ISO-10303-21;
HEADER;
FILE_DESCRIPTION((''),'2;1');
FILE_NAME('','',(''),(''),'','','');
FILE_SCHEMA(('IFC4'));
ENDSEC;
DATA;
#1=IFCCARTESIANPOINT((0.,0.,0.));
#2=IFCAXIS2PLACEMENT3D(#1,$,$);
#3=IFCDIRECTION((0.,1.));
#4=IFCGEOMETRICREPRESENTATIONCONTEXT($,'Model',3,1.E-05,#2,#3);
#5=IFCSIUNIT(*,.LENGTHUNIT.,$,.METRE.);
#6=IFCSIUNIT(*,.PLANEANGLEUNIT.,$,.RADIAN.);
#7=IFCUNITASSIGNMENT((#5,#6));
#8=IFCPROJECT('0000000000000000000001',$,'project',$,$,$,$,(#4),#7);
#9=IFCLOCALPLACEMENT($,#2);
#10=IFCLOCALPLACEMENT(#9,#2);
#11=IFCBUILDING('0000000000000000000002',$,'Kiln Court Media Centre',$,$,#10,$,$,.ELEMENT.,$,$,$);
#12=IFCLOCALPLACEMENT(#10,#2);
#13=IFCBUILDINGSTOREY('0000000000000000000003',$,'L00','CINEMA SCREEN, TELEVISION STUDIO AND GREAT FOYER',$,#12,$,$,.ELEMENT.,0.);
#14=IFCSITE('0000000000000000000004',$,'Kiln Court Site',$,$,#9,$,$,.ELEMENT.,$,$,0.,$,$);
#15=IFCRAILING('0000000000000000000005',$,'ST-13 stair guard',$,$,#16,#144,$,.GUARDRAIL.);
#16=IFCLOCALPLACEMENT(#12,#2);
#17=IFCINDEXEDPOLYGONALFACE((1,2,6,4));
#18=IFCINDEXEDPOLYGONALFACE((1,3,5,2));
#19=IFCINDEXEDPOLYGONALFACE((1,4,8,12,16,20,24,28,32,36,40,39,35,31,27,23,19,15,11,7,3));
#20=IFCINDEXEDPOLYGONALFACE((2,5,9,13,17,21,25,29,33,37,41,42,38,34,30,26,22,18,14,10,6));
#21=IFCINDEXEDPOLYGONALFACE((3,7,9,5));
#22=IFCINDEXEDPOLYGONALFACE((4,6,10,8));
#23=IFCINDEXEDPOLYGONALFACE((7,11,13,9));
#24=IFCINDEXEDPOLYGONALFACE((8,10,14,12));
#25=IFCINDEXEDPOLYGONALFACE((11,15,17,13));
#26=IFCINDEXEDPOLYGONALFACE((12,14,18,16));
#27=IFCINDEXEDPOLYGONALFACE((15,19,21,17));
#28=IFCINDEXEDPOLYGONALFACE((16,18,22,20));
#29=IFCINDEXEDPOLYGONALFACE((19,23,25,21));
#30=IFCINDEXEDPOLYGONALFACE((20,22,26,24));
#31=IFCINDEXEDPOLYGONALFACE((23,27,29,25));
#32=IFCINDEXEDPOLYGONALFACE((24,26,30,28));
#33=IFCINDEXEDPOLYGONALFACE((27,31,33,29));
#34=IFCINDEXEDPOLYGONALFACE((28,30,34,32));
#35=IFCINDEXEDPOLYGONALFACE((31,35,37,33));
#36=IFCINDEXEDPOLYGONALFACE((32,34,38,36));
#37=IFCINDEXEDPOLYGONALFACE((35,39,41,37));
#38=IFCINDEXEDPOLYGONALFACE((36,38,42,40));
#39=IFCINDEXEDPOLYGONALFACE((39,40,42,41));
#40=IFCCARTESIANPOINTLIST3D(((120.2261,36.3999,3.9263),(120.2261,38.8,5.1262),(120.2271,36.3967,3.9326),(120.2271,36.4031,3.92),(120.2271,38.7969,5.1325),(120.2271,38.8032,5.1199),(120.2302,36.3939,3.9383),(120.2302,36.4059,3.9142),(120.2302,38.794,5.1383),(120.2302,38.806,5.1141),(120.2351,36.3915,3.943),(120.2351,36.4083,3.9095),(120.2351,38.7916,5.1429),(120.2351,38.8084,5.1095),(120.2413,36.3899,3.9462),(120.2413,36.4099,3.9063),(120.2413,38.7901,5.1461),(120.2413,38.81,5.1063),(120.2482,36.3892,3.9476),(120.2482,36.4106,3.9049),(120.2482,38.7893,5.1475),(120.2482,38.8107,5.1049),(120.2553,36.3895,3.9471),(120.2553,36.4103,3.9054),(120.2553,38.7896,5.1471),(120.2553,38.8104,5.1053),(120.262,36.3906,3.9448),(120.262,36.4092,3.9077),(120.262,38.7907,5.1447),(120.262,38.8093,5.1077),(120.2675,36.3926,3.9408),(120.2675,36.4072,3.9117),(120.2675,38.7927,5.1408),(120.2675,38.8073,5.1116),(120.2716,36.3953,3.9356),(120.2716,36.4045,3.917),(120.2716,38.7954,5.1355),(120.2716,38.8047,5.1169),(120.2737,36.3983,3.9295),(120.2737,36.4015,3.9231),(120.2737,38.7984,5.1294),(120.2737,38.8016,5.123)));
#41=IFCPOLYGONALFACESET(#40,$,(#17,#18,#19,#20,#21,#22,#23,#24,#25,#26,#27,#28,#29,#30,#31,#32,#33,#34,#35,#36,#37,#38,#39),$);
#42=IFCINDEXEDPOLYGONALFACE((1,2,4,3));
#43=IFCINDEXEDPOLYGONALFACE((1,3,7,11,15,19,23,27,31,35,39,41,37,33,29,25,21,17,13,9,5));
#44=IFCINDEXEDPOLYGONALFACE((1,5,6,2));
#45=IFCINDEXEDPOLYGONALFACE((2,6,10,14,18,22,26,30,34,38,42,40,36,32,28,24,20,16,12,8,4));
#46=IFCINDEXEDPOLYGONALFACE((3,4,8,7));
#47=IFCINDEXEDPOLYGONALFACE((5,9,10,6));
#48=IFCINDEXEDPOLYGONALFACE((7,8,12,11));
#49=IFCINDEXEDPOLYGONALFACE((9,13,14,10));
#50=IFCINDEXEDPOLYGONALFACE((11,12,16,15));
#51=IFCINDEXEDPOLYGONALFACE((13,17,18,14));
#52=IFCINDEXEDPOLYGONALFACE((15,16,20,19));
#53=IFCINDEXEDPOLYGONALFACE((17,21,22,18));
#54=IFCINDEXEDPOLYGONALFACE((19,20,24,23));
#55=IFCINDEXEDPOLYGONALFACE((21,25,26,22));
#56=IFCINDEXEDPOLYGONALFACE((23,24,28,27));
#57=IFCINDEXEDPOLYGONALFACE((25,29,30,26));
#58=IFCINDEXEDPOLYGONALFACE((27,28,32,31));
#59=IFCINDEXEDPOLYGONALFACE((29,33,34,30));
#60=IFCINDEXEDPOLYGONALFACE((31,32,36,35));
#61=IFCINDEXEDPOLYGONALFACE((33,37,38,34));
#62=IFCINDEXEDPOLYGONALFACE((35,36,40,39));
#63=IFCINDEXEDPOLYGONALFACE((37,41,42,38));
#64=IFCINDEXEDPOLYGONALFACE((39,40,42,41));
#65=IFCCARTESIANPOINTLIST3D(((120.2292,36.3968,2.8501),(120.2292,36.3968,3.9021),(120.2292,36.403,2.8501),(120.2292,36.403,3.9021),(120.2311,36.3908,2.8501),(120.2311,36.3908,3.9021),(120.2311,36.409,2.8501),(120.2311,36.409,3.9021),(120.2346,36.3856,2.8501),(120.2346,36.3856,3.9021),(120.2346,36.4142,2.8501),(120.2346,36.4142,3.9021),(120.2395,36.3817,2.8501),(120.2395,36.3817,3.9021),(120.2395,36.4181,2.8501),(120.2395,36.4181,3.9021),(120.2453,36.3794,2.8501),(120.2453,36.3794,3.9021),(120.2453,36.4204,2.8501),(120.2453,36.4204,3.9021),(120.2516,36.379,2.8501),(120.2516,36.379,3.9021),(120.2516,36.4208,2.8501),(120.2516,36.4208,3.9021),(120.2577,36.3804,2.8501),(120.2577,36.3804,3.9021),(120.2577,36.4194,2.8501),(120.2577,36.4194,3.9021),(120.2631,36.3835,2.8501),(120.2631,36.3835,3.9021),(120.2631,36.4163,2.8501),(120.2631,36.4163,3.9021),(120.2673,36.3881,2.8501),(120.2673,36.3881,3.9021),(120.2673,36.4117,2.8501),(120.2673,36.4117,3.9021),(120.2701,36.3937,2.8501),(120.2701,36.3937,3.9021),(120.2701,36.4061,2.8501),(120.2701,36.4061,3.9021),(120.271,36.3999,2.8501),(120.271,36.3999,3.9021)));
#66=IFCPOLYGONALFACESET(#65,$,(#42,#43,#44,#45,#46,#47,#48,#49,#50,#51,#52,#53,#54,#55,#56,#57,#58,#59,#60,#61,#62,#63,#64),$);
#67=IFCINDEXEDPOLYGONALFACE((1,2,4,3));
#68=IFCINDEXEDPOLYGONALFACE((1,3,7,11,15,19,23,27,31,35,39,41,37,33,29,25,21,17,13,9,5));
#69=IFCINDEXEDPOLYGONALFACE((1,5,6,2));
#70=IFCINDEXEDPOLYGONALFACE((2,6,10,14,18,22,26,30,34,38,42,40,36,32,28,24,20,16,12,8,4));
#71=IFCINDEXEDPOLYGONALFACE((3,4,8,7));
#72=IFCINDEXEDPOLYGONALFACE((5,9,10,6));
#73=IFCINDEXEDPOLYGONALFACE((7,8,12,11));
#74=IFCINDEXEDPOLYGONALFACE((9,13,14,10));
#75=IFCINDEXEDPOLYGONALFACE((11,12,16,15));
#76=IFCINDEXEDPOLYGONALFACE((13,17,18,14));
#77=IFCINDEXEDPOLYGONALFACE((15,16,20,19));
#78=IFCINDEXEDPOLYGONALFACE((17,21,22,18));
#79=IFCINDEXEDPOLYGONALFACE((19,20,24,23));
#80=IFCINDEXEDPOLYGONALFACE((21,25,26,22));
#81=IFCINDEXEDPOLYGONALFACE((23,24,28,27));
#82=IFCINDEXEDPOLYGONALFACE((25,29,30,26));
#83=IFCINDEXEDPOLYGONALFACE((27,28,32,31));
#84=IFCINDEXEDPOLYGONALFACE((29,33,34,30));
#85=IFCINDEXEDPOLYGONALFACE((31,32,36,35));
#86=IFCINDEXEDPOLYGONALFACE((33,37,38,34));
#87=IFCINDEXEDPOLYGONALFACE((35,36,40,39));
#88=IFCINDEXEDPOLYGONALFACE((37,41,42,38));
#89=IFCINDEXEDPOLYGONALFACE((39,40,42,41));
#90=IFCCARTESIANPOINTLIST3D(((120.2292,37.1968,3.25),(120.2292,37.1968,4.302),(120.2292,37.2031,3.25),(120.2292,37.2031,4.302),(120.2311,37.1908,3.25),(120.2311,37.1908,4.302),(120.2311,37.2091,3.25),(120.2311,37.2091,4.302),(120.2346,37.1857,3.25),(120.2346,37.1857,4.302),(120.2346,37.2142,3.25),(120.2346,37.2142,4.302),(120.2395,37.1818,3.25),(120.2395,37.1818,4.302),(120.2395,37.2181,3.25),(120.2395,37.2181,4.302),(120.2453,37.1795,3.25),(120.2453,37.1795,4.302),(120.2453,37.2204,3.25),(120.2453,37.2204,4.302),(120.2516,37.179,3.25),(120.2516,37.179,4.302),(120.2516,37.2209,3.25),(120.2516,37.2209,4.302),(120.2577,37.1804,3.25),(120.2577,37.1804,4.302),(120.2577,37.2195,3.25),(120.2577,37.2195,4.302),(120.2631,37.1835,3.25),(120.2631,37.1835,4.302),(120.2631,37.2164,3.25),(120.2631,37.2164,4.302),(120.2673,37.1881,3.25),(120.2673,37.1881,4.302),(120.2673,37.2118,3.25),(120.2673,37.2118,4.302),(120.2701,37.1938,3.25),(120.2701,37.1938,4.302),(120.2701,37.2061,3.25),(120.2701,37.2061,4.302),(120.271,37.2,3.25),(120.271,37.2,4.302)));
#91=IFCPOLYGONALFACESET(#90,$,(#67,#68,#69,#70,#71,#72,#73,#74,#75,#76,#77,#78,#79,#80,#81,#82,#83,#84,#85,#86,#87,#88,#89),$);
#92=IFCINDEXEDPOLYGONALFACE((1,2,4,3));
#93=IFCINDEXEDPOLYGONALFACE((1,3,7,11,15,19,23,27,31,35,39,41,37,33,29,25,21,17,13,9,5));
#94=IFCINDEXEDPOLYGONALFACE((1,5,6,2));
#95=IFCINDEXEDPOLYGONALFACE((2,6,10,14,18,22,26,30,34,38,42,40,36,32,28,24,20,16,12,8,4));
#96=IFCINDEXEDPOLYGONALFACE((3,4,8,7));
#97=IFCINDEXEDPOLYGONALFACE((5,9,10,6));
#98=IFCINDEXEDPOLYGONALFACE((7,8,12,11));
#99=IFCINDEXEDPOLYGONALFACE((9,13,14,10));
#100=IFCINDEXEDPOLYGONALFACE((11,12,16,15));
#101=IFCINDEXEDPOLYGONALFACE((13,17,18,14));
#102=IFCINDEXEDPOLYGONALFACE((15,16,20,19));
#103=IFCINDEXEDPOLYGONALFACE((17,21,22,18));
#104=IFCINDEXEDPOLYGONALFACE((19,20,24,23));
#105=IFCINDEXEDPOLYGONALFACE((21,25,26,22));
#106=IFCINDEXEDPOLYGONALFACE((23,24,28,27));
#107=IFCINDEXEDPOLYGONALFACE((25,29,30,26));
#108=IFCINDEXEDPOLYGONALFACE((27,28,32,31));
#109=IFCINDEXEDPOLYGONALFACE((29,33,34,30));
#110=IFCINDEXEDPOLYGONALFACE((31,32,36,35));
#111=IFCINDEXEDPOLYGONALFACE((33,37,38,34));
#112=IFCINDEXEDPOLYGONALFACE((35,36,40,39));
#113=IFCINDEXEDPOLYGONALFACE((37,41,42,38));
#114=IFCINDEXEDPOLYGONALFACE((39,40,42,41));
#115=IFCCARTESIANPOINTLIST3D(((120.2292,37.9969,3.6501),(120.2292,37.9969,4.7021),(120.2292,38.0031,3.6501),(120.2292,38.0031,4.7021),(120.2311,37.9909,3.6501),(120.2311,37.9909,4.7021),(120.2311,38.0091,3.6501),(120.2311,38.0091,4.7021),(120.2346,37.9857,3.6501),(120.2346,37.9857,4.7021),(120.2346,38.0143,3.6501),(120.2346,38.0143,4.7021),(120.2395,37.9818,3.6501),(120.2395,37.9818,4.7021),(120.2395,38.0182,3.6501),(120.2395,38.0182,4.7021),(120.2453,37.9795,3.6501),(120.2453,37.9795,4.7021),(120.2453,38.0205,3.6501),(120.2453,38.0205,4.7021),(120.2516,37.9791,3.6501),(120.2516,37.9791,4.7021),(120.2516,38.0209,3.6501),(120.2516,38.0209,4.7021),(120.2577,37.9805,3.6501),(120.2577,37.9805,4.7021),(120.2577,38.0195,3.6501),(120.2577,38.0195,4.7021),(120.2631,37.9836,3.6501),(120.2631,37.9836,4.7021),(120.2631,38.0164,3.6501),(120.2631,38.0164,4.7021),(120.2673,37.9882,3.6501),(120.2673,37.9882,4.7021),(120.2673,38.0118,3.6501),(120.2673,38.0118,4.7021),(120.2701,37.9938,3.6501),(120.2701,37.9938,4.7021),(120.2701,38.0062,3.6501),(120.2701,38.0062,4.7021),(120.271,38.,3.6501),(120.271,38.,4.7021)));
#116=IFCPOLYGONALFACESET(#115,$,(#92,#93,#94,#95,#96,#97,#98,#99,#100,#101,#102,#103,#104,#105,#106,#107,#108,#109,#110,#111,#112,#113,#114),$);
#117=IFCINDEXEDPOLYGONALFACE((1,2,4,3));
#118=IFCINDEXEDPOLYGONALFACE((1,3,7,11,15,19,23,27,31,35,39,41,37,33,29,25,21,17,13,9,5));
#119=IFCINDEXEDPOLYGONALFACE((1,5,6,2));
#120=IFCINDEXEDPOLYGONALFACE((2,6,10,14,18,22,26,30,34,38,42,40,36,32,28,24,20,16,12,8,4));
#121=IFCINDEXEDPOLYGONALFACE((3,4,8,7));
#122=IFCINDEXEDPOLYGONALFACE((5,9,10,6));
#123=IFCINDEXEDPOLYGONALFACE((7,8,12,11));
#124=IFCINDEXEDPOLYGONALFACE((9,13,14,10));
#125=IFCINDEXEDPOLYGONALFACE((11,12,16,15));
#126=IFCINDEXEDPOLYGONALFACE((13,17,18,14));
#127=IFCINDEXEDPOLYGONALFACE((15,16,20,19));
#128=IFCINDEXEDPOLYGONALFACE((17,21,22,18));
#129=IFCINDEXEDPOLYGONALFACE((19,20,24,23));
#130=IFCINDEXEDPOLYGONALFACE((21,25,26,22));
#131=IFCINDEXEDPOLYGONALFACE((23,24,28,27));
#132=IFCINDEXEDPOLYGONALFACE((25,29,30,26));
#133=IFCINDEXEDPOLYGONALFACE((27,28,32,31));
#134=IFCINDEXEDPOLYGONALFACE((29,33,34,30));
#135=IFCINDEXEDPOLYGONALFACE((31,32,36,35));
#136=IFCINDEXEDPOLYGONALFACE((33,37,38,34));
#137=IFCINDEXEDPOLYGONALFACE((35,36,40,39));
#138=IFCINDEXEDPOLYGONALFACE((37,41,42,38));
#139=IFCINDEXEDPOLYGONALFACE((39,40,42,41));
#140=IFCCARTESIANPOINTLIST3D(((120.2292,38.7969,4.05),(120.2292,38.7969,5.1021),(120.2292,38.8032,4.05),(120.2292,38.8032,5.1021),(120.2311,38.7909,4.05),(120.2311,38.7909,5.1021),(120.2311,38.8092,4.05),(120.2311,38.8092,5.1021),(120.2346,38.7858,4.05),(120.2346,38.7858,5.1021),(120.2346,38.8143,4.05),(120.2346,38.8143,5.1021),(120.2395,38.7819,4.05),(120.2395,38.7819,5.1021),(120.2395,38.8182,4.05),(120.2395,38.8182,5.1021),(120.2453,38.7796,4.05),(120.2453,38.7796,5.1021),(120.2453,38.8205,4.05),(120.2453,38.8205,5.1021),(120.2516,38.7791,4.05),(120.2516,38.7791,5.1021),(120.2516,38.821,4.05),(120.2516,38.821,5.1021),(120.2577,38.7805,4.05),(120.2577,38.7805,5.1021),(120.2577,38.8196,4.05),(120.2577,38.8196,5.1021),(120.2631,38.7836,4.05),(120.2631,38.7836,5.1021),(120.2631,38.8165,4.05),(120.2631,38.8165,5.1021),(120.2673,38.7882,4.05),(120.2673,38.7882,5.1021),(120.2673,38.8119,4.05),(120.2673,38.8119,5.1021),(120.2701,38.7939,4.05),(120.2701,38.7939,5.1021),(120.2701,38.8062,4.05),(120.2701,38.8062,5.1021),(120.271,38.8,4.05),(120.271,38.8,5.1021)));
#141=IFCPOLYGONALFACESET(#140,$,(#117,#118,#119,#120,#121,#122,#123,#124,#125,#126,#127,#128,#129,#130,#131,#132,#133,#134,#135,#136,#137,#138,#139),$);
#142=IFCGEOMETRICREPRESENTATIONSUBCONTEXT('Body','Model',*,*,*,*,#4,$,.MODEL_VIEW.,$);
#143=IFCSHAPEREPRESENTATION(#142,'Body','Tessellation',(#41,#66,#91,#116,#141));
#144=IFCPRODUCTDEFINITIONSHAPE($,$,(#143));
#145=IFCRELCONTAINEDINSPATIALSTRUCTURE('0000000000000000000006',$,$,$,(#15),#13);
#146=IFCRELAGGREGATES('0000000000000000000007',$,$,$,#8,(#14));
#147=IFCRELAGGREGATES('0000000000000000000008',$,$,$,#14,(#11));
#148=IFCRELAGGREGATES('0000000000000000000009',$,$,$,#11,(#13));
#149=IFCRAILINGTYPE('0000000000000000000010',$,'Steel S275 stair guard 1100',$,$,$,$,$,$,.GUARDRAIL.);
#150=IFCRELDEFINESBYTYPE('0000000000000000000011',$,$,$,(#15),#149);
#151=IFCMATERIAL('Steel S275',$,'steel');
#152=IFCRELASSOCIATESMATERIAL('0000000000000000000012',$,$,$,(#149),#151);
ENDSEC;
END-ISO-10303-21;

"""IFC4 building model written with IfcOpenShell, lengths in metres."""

from ifc_helpers import new_model, si_unit, direction, frame, origin, origin_2d, place, context, subcontext, project, spatial, circle, extrude, material, type_object, element, save


model = new_model("IFC4")

# Units and contexts
model_context = context("Model", 3, precision=1e-05, world=origin(), true_north=direction((0.0, 1.0)))
body_context = subcontext(model_context, "Body", "Model", "MODEL_VIEW")
ifc_project = project(units=[si_unit("LENGTHUNIT", "METRE"), si_unit("PLANEANGLEUNIT", "RADIAN")], contexts=[model_context])

# Site, building, storey
site_placement = place(None, origin())
site = spatial("IfcSite", under=ifc_project, at=site_placement, Name="Kiln Court Site", CompositionType="ELEMENT", RefElevation=0.0)
building_placement = place(site_placement, origin())
building = spatial("IfcBuilding", under=site, at=building_placement, Name="Kiln Court Media Centre", CompositionType="ELEMENT")
storey_placement = place(building_placement, origin())
storey = spatial("IfcBuildingStorey", under=building, at=storey_placement, Name="L00", Description="CINEMA SCREEN, TELEVISION STUDIO AND GREAT FOYER", CompositionType="ELEMENT", Elevation=0.0)

# Railing
ifc_material_1 = material(Name="Steel S275", Category="steel")
railing_type_1 = type_object("IfcRailingType", Name="Steel S275 stair guard 1100", PredefinedType="GUARDRAIL", material=ifc_material_1)
railing_1_placement = place(storey_placement, frame((120.25, 36.3999, 2.8501)))
element("IfcRailing", 1, at=railing_1_placement, inside=storey, type_object=railing_type_1, Name="ST-13 stair guard", PredefinedType="GUARDRAIL", context=body_context, shape_type="SweptSolid", body=[
    extrude(circle(Radius=0.0239, at=origin_2d()), frame((0.0, 0.0, 1.0762), z_axis=(0.0, 0.894445, 0.447177), x_axis=(-1.0, 0.0, 0.0)), (0.0, 0.0, 1.0), 2.6833),
    extrude(circle(Radius=0.021, at=origin_2d()), origin(), (0.0, 0.0, 1.0), 1.052),
    extrude(circle(Radius=0.021, at=origin_2d()), frame((0.0, 0.8, 0.3999)), (0.0, 0.0, 1.0), 1.052),
    extrude(circle(Radius=0.021, at=origin_2d()), frame((0.0, 1.6001, 0.8)), (0.0, 0.0, 1.0), 1.052),
    extrude(circle(Radius=0.021, at=origin_2d()), frame((0.0, 2.4001, 1.2)), (0.0, 0.0, 1.0), 1.052),
])

save(model, "model.ifc")
